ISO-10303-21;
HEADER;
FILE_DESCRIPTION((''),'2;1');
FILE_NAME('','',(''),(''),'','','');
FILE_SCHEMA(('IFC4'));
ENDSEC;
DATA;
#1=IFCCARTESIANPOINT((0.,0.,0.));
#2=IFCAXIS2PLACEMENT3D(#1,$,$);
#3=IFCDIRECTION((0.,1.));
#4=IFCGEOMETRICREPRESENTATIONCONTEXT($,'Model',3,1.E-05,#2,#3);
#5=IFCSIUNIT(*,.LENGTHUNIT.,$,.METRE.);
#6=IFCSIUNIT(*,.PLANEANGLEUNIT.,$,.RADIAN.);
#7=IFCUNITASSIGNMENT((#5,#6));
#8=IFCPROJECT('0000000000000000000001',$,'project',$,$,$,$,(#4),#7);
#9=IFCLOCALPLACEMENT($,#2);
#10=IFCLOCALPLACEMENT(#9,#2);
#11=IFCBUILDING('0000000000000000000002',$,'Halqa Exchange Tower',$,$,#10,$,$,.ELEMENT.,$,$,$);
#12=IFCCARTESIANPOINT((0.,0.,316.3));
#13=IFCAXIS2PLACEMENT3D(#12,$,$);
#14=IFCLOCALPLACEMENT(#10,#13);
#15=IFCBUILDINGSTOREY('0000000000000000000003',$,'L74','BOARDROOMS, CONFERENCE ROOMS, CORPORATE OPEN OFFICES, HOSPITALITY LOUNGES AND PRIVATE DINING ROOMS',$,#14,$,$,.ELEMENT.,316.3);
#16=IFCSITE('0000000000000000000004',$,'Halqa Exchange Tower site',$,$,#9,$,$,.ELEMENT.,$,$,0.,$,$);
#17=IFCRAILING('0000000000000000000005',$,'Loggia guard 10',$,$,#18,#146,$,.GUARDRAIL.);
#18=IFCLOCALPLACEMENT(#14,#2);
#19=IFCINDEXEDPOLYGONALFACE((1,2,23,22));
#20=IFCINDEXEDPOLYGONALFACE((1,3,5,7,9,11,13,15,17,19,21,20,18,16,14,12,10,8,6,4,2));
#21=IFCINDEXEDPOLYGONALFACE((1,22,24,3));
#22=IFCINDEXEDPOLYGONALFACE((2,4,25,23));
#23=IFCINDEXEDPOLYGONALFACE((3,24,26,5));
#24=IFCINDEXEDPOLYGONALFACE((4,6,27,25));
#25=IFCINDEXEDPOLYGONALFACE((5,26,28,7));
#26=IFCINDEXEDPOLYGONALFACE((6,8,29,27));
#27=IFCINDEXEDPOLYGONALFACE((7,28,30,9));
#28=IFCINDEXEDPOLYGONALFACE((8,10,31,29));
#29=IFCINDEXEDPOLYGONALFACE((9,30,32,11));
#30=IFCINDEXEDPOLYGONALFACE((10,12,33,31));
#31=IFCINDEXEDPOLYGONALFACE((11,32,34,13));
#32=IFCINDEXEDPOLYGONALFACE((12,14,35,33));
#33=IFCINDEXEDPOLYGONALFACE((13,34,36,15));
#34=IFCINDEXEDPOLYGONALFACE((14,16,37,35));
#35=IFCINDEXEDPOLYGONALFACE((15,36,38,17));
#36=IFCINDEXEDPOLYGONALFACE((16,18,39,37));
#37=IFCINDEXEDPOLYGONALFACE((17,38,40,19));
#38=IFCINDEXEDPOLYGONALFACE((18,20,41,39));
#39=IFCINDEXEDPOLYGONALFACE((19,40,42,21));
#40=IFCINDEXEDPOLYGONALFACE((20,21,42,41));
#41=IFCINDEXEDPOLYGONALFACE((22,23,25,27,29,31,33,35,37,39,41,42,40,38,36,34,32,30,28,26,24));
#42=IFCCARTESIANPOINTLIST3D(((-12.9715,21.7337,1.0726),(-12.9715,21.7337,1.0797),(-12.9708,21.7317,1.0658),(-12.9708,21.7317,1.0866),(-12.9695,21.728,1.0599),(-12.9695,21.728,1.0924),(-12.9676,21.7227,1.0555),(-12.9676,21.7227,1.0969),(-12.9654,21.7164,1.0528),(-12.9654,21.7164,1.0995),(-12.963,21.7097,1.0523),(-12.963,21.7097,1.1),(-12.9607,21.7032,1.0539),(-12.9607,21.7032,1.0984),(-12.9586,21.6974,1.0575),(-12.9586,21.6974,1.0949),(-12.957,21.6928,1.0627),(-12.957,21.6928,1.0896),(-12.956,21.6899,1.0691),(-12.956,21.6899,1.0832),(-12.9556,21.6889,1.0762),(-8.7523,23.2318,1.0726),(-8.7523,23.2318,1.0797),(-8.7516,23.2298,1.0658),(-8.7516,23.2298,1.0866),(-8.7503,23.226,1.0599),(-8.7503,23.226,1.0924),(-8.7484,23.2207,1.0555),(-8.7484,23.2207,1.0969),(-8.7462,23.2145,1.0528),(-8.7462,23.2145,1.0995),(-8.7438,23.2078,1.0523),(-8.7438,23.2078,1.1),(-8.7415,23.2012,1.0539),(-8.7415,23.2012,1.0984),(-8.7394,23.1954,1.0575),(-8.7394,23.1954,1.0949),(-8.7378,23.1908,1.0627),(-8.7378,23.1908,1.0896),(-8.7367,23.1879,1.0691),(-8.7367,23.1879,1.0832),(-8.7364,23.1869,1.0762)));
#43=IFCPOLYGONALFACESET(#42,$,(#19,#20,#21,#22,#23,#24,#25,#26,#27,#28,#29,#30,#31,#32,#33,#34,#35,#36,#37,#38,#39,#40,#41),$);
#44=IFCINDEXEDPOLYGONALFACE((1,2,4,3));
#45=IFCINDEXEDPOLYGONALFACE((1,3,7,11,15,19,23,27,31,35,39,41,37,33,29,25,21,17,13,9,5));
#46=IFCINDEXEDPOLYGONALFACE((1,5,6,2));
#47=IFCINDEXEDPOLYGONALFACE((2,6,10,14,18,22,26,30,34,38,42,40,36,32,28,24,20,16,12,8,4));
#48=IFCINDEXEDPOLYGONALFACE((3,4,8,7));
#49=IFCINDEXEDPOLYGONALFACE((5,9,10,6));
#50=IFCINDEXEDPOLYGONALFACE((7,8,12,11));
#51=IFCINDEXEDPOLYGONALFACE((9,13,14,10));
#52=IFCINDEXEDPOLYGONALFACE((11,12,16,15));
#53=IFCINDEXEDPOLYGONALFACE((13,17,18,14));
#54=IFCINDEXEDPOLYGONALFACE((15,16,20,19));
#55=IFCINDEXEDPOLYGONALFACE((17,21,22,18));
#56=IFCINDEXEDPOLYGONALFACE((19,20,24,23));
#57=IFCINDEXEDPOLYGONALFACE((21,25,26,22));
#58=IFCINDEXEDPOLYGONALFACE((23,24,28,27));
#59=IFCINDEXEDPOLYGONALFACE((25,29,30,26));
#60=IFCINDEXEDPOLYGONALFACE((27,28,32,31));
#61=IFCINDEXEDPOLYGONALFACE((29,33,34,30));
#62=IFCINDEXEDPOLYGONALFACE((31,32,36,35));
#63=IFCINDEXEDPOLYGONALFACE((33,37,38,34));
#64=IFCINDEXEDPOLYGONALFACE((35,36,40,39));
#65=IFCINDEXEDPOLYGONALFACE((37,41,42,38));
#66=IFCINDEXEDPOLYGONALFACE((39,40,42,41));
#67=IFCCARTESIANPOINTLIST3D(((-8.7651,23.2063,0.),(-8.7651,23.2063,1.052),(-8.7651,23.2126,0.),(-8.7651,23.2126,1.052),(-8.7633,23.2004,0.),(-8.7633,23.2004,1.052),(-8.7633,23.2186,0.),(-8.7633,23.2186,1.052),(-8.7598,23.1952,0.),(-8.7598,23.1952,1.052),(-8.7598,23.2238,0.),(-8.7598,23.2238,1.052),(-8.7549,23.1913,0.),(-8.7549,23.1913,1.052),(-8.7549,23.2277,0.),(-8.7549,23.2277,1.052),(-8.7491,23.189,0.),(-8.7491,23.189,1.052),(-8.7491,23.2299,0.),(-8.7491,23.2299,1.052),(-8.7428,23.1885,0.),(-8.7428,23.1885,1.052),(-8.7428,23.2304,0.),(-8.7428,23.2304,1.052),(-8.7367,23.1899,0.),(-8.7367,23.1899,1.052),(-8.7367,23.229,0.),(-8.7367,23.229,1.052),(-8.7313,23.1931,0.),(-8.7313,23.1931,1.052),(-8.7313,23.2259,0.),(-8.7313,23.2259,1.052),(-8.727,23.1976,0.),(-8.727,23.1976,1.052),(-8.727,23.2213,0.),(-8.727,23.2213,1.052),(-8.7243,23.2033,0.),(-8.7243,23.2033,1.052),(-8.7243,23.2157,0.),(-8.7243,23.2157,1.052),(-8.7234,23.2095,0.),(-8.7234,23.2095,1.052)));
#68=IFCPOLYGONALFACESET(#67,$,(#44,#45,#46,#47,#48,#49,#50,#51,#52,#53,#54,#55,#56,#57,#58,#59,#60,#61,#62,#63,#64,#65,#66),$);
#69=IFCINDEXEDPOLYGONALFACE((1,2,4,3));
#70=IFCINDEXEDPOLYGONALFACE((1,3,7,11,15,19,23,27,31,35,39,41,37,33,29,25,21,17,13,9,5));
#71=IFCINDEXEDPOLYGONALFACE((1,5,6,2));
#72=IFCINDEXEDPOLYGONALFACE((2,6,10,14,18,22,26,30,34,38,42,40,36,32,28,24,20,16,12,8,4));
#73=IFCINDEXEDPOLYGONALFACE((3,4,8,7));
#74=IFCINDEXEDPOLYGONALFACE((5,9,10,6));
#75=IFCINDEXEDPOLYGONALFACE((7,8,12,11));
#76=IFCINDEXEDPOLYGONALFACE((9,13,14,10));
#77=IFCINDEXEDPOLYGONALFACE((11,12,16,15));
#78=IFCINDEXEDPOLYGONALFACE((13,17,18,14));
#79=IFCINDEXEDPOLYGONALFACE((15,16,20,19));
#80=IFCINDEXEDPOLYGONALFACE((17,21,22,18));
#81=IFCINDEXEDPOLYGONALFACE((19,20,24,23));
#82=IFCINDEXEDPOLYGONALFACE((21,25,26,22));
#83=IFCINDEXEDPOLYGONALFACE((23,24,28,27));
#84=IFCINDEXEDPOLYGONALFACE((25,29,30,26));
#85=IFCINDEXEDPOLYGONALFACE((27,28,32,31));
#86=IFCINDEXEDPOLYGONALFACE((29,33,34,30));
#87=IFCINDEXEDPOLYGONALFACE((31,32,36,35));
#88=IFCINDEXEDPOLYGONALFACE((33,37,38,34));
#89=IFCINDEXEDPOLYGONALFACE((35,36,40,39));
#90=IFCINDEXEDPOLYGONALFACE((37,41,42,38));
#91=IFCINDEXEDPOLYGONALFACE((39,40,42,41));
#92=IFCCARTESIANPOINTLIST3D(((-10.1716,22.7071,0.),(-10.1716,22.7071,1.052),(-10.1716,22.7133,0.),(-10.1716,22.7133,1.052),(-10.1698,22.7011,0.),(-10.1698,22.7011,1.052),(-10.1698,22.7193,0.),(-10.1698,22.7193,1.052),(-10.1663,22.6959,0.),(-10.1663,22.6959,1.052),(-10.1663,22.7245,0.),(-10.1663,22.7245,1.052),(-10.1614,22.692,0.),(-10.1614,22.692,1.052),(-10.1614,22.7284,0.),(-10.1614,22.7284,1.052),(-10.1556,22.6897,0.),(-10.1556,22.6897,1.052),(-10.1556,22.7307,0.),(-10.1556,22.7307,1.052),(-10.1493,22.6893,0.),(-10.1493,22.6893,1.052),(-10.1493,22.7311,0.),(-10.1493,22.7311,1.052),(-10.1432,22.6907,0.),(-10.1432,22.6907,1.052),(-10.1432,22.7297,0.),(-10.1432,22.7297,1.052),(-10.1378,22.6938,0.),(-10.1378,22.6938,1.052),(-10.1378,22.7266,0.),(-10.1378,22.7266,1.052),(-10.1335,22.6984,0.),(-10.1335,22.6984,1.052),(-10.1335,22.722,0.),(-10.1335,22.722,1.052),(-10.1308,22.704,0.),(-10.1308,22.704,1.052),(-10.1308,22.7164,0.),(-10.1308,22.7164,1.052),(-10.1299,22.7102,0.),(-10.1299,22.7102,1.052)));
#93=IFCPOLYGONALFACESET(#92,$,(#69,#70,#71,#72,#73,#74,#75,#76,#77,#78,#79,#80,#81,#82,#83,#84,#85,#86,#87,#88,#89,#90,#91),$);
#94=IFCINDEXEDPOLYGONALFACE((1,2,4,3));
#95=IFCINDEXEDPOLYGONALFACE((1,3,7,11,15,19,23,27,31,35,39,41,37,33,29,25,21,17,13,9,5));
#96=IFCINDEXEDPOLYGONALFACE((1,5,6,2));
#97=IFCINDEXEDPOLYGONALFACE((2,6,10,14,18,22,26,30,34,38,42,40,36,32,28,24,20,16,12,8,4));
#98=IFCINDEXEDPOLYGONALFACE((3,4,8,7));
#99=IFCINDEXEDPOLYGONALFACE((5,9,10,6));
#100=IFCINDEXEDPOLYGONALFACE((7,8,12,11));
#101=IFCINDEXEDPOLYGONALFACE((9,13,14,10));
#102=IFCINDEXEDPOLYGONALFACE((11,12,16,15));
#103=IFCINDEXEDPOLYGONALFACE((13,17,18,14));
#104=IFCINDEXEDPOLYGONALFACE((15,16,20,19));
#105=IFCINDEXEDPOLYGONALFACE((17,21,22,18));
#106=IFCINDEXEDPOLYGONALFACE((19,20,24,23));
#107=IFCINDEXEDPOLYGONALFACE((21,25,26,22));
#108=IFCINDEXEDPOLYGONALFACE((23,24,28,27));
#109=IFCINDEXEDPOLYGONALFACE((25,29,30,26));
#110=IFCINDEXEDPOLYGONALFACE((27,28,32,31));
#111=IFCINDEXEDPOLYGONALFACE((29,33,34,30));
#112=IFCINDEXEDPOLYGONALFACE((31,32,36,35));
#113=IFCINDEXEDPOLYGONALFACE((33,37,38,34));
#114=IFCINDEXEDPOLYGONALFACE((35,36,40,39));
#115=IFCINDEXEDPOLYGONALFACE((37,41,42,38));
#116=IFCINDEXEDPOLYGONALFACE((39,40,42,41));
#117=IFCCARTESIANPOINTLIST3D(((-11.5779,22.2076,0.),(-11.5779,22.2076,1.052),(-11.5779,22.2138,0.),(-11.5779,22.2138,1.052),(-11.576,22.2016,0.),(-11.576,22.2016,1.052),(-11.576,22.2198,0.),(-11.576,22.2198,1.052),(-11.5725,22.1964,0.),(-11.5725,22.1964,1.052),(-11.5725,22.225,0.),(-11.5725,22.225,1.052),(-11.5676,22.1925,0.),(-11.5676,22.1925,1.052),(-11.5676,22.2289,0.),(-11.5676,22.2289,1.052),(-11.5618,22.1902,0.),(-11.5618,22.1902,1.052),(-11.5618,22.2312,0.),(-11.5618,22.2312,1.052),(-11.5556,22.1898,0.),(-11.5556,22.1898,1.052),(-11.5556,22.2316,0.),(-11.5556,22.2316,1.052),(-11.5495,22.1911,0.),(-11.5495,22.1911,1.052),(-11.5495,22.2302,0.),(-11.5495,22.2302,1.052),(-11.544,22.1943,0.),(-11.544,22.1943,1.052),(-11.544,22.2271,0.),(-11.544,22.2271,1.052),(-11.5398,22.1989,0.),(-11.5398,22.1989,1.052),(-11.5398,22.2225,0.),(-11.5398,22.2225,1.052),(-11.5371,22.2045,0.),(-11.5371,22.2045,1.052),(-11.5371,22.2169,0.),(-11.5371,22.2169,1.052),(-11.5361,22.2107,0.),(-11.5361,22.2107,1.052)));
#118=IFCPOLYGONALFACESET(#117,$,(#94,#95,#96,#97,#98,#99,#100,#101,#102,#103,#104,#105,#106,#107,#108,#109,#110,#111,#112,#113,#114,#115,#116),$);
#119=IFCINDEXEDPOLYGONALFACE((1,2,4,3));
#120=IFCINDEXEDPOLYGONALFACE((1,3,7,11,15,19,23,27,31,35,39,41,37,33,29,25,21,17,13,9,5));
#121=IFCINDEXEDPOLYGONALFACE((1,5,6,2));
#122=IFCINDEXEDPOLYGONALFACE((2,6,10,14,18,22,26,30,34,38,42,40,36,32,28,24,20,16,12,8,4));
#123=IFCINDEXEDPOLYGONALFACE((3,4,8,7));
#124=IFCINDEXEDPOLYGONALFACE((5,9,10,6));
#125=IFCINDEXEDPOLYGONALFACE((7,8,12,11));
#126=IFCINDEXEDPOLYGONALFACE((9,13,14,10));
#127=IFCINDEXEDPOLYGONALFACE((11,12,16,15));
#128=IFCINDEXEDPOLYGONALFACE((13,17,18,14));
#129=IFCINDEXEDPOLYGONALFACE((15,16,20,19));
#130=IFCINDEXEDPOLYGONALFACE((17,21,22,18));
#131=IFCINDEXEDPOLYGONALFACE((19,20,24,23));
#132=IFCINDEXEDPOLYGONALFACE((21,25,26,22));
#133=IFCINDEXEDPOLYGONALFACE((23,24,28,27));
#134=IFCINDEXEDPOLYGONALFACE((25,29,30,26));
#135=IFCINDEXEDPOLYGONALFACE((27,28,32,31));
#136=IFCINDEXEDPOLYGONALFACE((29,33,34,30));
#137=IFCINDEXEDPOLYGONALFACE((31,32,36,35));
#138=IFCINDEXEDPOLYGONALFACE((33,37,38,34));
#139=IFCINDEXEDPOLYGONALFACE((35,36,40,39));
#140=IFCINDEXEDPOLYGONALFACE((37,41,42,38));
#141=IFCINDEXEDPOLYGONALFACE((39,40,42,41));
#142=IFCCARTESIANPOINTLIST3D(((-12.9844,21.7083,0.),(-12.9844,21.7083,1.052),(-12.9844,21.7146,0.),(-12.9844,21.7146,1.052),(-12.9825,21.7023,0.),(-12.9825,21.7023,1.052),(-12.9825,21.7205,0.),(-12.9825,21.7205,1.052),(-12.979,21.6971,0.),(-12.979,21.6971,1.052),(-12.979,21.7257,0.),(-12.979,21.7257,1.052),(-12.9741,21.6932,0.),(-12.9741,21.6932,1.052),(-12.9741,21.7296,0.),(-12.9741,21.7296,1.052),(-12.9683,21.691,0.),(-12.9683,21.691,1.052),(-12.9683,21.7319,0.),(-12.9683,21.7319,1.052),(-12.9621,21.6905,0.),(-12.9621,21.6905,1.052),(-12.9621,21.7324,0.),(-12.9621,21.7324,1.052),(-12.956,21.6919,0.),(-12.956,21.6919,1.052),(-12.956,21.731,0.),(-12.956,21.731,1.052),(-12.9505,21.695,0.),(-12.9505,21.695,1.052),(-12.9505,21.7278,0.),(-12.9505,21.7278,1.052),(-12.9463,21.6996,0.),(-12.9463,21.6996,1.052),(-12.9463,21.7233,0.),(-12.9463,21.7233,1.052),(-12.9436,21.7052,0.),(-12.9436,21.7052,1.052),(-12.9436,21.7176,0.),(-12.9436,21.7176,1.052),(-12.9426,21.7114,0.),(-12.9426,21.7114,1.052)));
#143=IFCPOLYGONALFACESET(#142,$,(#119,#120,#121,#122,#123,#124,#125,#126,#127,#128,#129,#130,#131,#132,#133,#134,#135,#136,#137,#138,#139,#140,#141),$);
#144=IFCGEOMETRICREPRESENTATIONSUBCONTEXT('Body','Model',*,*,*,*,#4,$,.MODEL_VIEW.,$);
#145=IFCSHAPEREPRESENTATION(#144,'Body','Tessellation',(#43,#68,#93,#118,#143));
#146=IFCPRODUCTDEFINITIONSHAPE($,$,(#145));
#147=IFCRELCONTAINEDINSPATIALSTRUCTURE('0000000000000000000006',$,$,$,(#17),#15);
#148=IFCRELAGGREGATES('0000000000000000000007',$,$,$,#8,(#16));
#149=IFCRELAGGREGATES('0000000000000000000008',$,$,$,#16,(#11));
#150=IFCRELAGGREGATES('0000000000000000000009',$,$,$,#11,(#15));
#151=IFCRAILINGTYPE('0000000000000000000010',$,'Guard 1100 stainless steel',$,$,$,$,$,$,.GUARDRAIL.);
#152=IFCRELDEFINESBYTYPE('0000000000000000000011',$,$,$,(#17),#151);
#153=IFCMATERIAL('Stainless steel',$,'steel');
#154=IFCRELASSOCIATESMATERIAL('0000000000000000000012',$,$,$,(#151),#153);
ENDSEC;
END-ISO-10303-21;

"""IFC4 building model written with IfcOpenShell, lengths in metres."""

from ifc_helpers import new_model, si_unit, direction, frame, origin, origin_2d, place, context, subcontext, project, spatial, circle, extrude, material, type_object, element, save


model = new_model("IFC4")

# Units and contexts
model_context = context("Model", 3, precision=1e-05, world=origin(), true_north=direction((0.0, 1.0)))
body_context = subcontext(model_context, "Body", "Model", "MODEL_VIEW")
ifc_project = project(units=[si_unit("LENGTHUNIT", "METRE"), si_unit("PLANEANGLEUNIT", "RADIAN")], contexts=[model_context])

# Site, building, storey
site_placement = place(None, origin())
site = spatial("IfcSite", under=ifc_project, at=site_placement, Name="Halqa Exchange Tower site", CompositionType="ELEMENT", RefElevation=0.0)
building_placement = place(site_placement, origin())
building = spatial("IfcBuilding", under=site, at=building_placement, Name="Halqa Exchange Tower", CompositionType="ELEMENT")
storey_placement = place(building_placement, frame((0.0, 0.0, 316.3)))
storey = spatial("IfcBuildingStorey", under=building, at=storey_placement, Name="L74", Description="BOARDROOMS, CONFERENCE ROOMS, CORPORATE OPEN OFFICES, HOSPITALITY LOUNGES AND PRIVATE DINING ROOMS", CompositionType="ELEMENT", Elevation=316.3)

# Railing
ifc_material_1 = material(Name="Stainless steel", Category="steel")
railing_type = type_object("IfcRailingType", Name="Guard 1100 stainless steel", PredefinedType="GUARDRAIL", material=ifc_material_1)
railing_1_placement = place(storey_placement, frame((-8.7444, 23.2095, 0.0)))
element("IfcRailing", 1, at=railing_1_placement, inside=storey, type_object=railing_type, Name="Loggia guard 10", PredefinedType="GUARDRAIL", context=body_context, shape_type="SweptSolid", body=[
    extrude(circle(Radius=0.0239, at=origin_2d()), frame((0.0, 0.0, 1.0762), z_axis=(-0.942365, -0.334588, 0.0), x_axis=(0.334588, -0.942365, 0.0)), (0.0, 0.0, 1.0), 4.4773),
    extrude(circle(Radius=0.021, at=origin_2d()), origin(), (0.0, 0.0, 1.0), 1.052),
    extrude(circle(Radius=0.021, at=origin_2d()), frame((-1.4065, -0.4993, 0.0)), (0.0, 0.0, 1.0), 1.052),
    extrude(circle(Radius=0.021, at=origin_2d()), frame((-2.8127, -0.9988, 0.0)), (0.0, 0.0, 1.0), 1.052),
    extrude(circle(Radius=0.021, at=origin_2d()), frame((-4.2192, -1.498, 0.0)), (0.0, 0.0, 1.0), 1.052),
])

save(model, "model.ifc")
